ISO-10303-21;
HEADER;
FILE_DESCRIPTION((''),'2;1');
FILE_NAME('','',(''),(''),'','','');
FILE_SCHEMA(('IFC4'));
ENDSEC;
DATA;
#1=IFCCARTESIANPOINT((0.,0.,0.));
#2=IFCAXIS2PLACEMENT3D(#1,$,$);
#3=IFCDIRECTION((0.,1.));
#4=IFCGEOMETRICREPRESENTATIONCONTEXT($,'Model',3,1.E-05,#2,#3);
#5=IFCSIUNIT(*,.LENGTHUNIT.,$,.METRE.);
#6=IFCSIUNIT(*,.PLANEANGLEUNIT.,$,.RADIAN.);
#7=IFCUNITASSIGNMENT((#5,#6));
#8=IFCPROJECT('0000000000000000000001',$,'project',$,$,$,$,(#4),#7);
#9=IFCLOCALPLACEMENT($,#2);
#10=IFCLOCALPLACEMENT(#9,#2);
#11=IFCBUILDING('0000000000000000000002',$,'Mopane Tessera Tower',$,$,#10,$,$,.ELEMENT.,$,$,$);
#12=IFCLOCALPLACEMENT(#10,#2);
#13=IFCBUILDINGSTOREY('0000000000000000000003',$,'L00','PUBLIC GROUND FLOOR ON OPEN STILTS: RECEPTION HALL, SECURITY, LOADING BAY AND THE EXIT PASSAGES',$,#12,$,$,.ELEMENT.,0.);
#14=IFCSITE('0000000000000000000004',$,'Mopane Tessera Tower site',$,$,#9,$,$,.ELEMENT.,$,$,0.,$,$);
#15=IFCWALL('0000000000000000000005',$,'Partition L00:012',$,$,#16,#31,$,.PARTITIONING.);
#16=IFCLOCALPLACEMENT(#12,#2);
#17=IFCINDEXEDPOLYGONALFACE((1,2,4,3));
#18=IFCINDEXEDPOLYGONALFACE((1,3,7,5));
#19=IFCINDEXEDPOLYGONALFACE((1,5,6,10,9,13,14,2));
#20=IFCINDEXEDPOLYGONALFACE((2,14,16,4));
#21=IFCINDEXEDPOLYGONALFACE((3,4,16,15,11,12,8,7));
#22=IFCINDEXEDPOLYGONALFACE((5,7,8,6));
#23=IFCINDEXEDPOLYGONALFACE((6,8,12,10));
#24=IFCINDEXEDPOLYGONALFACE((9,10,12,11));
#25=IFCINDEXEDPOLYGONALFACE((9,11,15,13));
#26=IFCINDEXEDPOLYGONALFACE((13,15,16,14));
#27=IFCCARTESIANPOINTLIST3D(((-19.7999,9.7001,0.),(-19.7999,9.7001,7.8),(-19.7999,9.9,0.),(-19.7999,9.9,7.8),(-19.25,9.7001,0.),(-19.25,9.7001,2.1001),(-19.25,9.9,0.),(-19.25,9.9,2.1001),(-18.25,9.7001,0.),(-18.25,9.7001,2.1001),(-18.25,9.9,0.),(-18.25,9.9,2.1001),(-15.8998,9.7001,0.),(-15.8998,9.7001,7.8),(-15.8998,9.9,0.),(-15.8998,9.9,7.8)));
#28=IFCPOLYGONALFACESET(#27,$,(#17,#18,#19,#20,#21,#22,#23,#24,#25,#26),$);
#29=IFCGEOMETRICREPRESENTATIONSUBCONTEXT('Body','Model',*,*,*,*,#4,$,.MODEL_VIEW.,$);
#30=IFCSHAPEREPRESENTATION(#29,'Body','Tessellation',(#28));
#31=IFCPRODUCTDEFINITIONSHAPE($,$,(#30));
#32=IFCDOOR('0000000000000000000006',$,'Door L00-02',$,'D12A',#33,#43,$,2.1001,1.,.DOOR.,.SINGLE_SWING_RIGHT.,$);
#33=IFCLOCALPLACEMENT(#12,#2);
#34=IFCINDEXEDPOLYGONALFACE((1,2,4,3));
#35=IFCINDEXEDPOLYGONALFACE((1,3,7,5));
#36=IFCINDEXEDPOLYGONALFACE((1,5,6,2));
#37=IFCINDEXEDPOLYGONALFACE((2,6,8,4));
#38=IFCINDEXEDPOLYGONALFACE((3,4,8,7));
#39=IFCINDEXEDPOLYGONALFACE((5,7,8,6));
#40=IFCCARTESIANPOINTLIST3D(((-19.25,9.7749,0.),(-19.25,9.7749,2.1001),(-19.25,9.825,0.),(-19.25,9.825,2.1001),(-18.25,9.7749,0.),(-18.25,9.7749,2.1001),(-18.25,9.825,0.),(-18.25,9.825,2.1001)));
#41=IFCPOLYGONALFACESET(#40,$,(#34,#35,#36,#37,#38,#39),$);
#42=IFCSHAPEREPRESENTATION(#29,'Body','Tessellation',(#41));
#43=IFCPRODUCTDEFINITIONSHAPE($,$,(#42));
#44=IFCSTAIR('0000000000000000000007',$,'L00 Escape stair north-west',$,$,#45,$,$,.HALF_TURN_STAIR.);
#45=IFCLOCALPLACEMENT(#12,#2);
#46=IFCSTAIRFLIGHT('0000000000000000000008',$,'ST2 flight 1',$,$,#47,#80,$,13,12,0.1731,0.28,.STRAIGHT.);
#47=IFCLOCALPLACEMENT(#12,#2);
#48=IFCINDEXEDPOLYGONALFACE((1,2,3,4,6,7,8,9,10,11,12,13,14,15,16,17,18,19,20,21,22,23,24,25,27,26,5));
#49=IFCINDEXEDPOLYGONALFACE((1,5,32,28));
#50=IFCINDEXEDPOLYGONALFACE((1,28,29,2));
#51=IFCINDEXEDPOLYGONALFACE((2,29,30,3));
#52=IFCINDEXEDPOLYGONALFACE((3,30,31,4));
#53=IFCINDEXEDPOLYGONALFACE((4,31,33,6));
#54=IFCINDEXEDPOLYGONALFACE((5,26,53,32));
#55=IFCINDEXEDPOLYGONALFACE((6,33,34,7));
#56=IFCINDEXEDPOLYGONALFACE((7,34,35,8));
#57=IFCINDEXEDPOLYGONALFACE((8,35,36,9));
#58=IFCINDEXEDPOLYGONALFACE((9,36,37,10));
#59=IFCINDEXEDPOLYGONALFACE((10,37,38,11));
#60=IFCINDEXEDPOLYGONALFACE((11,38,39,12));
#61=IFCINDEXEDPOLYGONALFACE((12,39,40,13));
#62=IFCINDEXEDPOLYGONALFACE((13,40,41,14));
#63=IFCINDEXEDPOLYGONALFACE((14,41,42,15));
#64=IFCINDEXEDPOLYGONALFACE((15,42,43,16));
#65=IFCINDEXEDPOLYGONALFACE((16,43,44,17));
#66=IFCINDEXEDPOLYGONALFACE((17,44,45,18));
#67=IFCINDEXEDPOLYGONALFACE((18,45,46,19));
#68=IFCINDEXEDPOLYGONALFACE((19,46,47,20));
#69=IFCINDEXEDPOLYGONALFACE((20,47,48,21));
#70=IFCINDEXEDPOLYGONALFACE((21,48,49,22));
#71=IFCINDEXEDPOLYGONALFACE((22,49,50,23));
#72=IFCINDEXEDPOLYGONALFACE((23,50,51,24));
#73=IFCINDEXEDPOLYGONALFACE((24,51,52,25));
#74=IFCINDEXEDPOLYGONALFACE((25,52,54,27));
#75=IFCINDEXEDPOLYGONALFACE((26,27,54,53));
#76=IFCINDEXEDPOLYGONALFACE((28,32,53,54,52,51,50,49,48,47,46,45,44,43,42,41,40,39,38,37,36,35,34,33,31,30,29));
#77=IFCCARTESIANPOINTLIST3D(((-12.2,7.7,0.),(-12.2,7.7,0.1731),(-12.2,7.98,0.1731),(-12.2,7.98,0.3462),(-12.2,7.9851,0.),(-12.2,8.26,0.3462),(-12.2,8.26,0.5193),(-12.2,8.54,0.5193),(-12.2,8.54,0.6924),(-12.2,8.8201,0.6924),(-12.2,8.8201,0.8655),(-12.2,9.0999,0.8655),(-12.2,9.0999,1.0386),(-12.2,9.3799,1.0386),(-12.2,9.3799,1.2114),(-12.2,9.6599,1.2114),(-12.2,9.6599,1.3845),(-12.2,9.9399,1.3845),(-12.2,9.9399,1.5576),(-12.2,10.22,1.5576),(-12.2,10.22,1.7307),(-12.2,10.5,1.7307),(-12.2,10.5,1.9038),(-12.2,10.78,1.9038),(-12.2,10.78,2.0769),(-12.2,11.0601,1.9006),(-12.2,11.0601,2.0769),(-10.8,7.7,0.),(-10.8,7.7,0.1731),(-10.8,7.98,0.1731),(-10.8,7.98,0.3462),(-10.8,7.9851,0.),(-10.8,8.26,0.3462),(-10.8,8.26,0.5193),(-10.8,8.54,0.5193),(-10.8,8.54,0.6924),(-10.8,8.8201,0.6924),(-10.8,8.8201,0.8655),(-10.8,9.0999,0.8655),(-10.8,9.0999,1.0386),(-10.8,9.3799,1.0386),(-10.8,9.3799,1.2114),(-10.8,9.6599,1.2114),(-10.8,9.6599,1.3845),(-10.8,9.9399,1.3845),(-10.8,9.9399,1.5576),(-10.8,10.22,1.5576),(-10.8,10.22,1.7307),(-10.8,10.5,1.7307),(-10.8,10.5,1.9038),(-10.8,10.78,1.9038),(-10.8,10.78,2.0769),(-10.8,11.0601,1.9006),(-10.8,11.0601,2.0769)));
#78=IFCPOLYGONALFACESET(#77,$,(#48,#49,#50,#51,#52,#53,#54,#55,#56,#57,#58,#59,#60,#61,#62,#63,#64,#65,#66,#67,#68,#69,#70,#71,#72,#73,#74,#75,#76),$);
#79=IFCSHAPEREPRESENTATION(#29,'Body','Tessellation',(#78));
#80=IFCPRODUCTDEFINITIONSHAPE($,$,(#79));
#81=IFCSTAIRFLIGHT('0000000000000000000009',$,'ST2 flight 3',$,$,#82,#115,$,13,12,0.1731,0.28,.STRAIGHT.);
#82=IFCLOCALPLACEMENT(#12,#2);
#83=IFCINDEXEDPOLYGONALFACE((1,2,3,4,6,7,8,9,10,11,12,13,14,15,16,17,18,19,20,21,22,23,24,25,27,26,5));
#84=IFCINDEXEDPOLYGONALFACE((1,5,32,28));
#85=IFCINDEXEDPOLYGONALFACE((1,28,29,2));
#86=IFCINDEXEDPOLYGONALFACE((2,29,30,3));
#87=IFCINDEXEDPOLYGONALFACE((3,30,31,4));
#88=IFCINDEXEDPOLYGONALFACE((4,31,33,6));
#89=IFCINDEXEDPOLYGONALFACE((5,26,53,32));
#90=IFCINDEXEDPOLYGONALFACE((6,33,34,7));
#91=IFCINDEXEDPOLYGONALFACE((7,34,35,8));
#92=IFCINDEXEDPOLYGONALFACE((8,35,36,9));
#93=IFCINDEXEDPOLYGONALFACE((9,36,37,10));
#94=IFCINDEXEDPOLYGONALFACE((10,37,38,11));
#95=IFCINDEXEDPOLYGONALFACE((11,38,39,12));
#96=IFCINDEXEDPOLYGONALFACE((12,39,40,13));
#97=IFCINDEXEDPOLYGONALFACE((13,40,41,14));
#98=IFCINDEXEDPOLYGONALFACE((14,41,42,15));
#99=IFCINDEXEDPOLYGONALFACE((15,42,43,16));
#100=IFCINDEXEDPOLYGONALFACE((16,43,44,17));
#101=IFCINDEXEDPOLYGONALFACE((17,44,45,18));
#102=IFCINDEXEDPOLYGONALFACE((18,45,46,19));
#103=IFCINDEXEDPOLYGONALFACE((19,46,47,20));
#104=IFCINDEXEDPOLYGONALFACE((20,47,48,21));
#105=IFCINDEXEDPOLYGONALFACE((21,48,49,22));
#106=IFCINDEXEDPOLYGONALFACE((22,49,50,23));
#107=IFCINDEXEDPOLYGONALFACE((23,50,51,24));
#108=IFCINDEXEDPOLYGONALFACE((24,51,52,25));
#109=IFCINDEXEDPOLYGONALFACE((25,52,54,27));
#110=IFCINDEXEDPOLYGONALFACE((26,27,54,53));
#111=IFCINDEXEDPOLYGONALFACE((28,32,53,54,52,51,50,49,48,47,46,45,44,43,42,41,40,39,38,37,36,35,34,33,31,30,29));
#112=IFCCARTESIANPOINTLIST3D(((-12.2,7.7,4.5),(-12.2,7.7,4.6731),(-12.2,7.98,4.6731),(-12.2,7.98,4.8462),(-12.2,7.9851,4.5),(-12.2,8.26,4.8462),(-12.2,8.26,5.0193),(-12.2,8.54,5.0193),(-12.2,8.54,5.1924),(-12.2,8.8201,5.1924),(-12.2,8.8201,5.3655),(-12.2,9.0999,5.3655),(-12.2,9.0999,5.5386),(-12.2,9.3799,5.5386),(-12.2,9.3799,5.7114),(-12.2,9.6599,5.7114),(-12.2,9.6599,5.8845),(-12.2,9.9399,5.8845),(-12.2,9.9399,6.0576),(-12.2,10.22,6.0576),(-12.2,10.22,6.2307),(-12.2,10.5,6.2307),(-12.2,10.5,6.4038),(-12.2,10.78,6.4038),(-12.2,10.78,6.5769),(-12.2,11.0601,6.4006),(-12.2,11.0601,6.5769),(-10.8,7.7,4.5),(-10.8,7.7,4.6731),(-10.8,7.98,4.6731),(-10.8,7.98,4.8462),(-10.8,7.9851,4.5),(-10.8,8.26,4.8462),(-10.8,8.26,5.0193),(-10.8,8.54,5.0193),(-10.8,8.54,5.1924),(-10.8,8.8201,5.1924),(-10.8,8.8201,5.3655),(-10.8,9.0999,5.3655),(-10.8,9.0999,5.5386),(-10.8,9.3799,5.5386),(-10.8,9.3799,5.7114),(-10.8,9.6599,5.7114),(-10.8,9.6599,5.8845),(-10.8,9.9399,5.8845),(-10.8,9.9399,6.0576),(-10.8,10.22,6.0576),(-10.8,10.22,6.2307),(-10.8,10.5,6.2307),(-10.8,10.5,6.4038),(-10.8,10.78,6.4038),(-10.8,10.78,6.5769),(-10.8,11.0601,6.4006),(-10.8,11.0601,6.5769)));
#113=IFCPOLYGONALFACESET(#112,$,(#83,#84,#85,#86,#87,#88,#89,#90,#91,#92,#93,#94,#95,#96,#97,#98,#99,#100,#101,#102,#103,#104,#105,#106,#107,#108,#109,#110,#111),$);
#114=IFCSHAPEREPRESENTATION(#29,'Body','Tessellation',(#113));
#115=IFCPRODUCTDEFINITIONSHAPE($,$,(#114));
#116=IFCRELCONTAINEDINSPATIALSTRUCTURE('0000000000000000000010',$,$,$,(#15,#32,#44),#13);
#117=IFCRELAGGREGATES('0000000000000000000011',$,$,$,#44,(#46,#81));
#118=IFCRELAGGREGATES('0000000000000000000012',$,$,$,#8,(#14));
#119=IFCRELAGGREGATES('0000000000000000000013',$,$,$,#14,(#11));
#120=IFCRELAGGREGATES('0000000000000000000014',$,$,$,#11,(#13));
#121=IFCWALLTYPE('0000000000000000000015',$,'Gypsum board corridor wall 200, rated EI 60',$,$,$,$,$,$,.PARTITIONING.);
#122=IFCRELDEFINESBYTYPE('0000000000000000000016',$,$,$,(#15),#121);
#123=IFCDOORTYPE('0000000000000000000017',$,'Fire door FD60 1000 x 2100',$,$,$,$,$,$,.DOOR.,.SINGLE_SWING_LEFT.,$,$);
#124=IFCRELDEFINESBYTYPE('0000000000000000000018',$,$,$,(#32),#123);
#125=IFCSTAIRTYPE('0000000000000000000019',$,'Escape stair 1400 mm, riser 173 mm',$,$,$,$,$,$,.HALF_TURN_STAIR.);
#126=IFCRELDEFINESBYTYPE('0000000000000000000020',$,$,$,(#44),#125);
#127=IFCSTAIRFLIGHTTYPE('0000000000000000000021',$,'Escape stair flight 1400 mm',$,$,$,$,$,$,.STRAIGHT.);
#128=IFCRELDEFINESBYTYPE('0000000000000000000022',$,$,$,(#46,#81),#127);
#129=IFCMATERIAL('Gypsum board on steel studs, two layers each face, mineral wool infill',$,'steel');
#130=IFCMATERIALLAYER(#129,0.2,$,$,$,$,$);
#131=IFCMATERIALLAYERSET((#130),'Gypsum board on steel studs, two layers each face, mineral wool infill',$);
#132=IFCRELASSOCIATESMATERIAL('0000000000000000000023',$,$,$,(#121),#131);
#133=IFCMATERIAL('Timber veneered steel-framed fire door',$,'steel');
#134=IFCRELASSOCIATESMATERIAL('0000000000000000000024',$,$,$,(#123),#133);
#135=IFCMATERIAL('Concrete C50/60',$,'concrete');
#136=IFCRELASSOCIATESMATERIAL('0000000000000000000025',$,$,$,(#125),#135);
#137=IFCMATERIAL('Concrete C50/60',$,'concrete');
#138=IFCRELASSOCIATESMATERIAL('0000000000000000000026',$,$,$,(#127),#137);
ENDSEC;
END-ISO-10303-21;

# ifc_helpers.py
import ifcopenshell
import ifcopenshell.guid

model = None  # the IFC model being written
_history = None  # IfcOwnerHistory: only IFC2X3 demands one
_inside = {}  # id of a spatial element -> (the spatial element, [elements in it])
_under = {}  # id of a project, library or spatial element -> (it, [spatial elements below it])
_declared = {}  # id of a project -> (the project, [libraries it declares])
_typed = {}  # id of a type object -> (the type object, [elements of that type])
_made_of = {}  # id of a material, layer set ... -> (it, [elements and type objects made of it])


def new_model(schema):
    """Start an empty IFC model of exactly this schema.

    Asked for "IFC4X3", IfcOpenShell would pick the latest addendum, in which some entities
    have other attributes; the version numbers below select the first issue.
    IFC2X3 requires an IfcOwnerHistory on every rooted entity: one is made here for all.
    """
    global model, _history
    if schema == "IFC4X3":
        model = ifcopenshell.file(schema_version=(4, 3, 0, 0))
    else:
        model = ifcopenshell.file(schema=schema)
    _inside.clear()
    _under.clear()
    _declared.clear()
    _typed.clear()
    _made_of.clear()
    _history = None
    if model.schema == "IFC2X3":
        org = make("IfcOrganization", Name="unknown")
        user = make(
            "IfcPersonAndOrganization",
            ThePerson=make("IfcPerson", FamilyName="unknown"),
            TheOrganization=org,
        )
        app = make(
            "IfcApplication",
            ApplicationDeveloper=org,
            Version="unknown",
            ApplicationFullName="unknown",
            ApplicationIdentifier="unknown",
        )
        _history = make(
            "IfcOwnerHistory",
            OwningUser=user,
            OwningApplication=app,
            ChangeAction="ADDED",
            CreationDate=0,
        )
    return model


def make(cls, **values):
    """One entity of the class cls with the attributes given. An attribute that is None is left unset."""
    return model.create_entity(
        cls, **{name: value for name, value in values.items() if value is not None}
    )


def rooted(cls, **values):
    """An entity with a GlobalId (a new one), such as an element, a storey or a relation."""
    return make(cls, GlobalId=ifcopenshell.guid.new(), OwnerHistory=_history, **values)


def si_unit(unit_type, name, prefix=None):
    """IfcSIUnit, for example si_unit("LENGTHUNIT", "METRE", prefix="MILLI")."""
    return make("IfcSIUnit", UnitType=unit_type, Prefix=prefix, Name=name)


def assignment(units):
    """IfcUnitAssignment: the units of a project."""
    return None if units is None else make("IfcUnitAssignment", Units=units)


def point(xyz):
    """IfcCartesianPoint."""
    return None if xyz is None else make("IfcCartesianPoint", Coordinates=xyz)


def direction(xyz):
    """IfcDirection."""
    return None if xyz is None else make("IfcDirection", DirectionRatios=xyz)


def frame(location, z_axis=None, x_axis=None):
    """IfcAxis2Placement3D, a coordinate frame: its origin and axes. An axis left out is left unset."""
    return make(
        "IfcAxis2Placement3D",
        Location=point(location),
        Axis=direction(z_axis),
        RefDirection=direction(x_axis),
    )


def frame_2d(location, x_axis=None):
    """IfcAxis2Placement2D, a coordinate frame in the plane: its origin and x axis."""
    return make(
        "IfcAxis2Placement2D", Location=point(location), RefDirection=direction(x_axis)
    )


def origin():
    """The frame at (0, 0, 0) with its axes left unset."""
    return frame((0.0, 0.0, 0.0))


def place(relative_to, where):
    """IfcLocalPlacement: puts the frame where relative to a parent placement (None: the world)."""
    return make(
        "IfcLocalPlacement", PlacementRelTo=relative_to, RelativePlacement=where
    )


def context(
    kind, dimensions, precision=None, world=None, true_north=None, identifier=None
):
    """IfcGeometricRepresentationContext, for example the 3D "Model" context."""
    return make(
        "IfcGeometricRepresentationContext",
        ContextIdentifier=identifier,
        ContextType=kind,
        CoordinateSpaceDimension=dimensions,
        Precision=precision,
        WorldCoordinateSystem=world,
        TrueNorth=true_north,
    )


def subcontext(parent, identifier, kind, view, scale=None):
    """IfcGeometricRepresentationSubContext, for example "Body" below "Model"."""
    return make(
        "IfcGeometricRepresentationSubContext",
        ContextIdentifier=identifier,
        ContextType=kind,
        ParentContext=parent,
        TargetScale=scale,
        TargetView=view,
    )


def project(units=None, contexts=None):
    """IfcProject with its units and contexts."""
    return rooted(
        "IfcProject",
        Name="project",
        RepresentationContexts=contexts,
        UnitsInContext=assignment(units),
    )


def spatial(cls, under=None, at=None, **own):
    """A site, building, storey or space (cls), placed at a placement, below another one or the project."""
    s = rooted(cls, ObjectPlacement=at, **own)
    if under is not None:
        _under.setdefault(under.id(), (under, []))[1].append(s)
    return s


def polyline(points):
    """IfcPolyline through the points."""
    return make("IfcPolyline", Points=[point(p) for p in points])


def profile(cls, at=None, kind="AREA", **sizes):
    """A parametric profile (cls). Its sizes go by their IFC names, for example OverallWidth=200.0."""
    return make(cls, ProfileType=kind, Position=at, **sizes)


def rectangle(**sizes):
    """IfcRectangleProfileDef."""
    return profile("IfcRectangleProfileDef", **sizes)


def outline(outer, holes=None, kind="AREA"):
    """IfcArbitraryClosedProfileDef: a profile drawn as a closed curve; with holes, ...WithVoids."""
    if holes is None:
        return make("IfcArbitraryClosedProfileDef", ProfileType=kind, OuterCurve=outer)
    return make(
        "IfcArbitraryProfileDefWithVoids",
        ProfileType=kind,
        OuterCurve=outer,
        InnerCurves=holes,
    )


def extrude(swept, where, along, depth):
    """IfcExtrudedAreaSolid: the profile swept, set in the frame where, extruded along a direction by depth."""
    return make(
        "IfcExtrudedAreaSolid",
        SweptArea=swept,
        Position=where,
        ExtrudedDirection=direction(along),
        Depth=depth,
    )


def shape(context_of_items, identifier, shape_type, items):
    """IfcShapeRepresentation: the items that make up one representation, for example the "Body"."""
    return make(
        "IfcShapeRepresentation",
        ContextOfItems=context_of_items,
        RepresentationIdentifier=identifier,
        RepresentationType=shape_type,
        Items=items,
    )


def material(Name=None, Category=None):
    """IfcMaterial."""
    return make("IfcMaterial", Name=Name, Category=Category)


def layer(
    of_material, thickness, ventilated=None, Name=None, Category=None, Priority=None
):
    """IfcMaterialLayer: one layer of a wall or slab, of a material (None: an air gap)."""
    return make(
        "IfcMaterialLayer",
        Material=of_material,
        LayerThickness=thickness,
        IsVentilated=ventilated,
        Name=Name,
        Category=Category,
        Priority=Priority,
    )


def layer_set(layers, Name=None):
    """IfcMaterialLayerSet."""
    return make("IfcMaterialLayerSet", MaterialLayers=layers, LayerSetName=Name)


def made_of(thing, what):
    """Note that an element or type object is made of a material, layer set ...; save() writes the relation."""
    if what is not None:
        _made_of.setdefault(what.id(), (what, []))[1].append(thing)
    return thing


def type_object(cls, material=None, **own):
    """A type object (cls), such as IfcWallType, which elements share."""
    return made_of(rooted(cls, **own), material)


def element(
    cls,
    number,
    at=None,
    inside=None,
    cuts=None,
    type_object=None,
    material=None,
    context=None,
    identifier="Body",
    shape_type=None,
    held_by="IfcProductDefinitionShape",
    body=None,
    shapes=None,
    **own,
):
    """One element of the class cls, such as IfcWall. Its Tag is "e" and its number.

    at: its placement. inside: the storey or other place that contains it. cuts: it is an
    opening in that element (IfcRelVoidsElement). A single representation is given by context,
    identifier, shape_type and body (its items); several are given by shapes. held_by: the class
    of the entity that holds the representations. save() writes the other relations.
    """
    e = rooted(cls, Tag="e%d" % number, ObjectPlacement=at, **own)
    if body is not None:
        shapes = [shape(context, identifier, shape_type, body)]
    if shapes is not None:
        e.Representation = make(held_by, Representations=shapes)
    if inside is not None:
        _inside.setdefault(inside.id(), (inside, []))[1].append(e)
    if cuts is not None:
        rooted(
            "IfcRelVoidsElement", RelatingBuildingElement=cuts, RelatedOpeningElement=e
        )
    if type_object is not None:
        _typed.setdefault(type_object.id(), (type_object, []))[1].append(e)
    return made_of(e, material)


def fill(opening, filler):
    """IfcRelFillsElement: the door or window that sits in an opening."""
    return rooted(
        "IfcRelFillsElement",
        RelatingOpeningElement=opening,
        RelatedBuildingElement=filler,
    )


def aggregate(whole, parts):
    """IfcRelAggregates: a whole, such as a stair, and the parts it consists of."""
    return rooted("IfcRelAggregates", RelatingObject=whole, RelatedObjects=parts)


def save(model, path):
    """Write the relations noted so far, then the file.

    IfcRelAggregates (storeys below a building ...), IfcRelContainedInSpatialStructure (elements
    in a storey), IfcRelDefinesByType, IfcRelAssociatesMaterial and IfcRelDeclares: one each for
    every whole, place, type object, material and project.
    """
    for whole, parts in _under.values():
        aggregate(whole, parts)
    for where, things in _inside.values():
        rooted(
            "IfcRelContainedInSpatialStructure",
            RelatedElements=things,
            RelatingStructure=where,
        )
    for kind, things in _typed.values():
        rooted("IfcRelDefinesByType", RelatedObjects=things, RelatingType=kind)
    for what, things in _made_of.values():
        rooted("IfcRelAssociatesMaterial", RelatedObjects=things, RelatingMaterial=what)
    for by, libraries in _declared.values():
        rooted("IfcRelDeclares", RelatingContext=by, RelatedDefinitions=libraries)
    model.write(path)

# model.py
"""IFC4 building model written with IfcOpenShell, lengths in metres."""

from ifc_helpers import new_model, si_unit, direction, frame, frame_2d, origin, place, context, subcontext, project, spatial, polyline, rectangle, outline, extrude, material, layer, layer_set, type_object, element, fill, aggregate, save


model = new_model("IFC4")

# Units and contexts
model_context = context("Model", 3, precision=1e-05, world=origin(), true_north=direction((0.0, 1.0)))
body_context = subcontext(model_context, "Body", "Model", "MODEL_VIEW")
ifc_project = project(units=[si_unit("LENGTHUNIT", "METRE"), si_unit("PLANEANGLEUNIT", "RADIAN")], contexts=[model_context])

# Site, building, storey
site_placement = place(None, origin())
site = spatial("IfcSite", under=ifc_project, at=site_placement, Name="Mopane Tessera Tower site", CompositionType="ELEMENT", RefElevation=0.0)
building_placement = place(site_placement, origin())
building = spatial("IfcBuilding", under=site, at=building_placement, Name="Mopane Tessera Tower", CompositionType="ELEMENT")
storey_placement = place(building_placement, origin())
storey = spatial("IfcBuildingStorey", under=building, at=storey_placement, Name="L00", Description="PUBLIC GROUND FLOOR ON OPEN STILTS: RECEPTION HALL, SECURITY, LOADING BAY AND THE EXIT PASSAGES", CompositionType="ELEMENT", Elevation=0.0)

# Wall, opening, door
ifc_material_1 = material(Name="Gypsum board on steel studs, two layers each face, mineral wool infill", Category="steel")
ifc_layer = layer(ifc_material_1, 0.2)
ifc_layer_set = layer_set([ifc_layer], Name="Gypsum board on steel studs, two layers each face, mineral wool infill")
wall_type = type_object("IfcWallType", Name="Gypsum board corridor wall 200, rated EI 60", PredefinedType="PARTITIONING", material=ifc_layer_set)
wall_placement = place(storey_placement, frame((-19.8, 9.8, 0.0), z_axis=(0.0, 0.0, 1.0), x_axis=(1.0, 0.0, 0.0)))
wall = element("IfcWall", 1, at=wall_placement, inside=storey, type_object=wall_type, Name="Partition L00:012", PredefinedType="PARTITIONING", context=body_context, shape_type="SweptSolid", body=[
    extrude(rectangle(XDim=3.9001, YDim=0.2, at=frame_2d((1.9502, 0.0))), origin(), (0.0, 0.0, 1.0), 7.8),
])
opening_placement = place(wall_placement, frame((0.55, 0.0, 0.0)))
opening = element("IfcOpeningElement", 2, at=opening_placement, cuts=wall, PredefinedType="OPENING", context=body_context, shape_type="SweptSolid", body=[
    extrude(rectangle(XDim=1.0, YDim=2.1001, at=frame_2d((0.5, 1.05))), frame((0.0, 0.1121, 0.0), z_axis=(0.0, -1.0, 0.0), x_axis=(1.0, 0.0, 0.0)), (0.0, 0.0, 1.0), 0.2239),
])
ifc_material_2 = material(Name="Timber veneered steel-framed fire door", Category="steel")
door_type = type_object("IfcDoorType", Name="Fire door FD60 1000 x 2100", OperationType="SINGLE_SWING_LEFT", PredefinedType="DOOR", material=ifc_material_2)
door_placement = place(opening_placement, origin())
door = element("IfcDoor", 3, at=door_placement, inside=storey, type_object=door_type, Name="Door L00-02", ObjectType="D12A", OperationType="SINGLE_SWING_RIGHT", OverallHeight=2.1001, OverallWidth=1.0, PredefinedType="DOOR", context=body_context, shape_type="SweptSolid", body=[
    extrude(rectangle(XDim=1.0, YDim=2.1001, at=frame_2d((0.5, 1.05))), frame((0.0, 0.0249, 0.0), z_axis=(0.0, -1.0, 0.0), x_axis=(1.0, 0.0, 0.0)), (0.0, 0.0, 1.0), 0.05),
])
fill(opening, door)

# Stair, stair flights
ifc_material_3 = material(Name="Concrete C50/60", Category="concrete")
stair_type = type_object("IfcStairType", Name="Escape stair 1400 mm, riser 173 mm", PredefinedType="HALF_TURN_STAIR", material=ifc_material_3)
stair_placement = place(storey_placement, origin())
stair = element("IfcStair", 4, at=stair_placement, inside=storey, type_object=stair_type, Name="L00 Escape stair north-west", PredefinedType="HALF_TURN_STAIR")
ifc_material_4 = material(Name="Concrete C50/60", Category="concrete")
stair_flight_type = type_object("IfcStairFlightType", Name="Escape stair flight 1400 mm", PredefinedType="STRAIGHT", material=ifc_material_4)
stair_flight_1_placement = place(storey_placement, frame((-11.5, 7.7, 0.0), z_axis=(0.0, 0.0, 1.0), x_axis=(0.0, 1.0, 0.0)))
stair_flight_1 = element("IfcStairFlight", 5, at=stair_flight_1_placement, type_object=stair_flight_type, Name="ST2 flight 1", NumberOfRisers=13, NumberOfTreads=12, PredefinedType="STRAIGHT", RiserHeight=0.1731, TreadLength=0.28, context=body_context, shape_type="SweptSolid", body=[
    extrude(outline(polyline([(0.0, 0.0), (0.0, 0.1731), (0.28, 0.1731), (0.28, 0.3462), (0.5601, 0.3462), (0.5601, 0.5193), (0.8401, 0.5193), (0.8401, 0.6924), (1.1201, 0.6924), (1.1201, 0.8655), (1.3999, 0.8655), (1.3999, 1.0386), (1.6799, 1.0386), (1.6799, 1.2114), (1.96, 1.2114), (1.96, 1.3845), (2.24, 1.3845), (2.24, 1.5576), (2.52, 1.5576), (2.52, 1.7307), (2.8, 1.7307), (2.8, 1.9038), (3.0801, 1.9038), (3.0801, 2.0769), (3.3601, 2.0769), (3.3601, 2.25), (3.3601, 1.9006), (0.2852, 0.0), (0.0, 0.0)])), frame((0.0, 0.7, 0.0), z_axis=(0.0, -1.0, 0.0), x_axis=(1.0, 0.0, 0.0)), (0.0, 0.0, 1.0), 1.3999),
])
stair_flight_2_placement = place(storey_placement, frame((-11.5, 7.7, 4.5), z_axis=(0.0, 0.0, 1.0), x_axis=(0.0, 1.0, 0.0)))
stair_flight_2 = element("IfcStairFlight", 6, at=stair_flight_2_placement, type_object=stair_flight_type, Name="ST2 flight 3", NumberOfRisers=13, NumberOfTreads=12, PredefinedType="STRAIGHT", RiserHeight=0.1731, TreadLength=0.28, context=body_context, shape_type="SweptSolid", body=[
    extrude(outline(polyline([(0.0, 0.0), (0.0, 0.1731), (0.28, 0.1731), (0.28, 0.3462), (0.5601, 0.3462), (0.5601, 0.5193), (0.8401, 0.5193), (0.8401, 0.6924), (1.1201, 0.6924), (1.1201, 0.8655), (1.3999, 0.8655), (1.3999, 1.0386), (1.6799, 1.0386), (1.6799, 1.2114), (1.96, 1.2114), (1.96, 1.3845), (2.24, 1.3845), (2.24, 1.5576), (2.52, 1.5576), (2.52, 1.7307), (2.8, 1.7307), (2.8, 1.9038), (3.0801, 1.9038), (3.0801, 2.0769), (3.3601, 2.0769), (3.3601, 2.25), (3.3601, 1.9006), (0.2852, 0.0), (0.0, 0.0)])), frame((0.0, 0.7, 0.0), z_axis=(0.0, -1.0, 0.0), x_axis=(1.0, 0.0, 0.0)), (0.0, 0.0, 1.0), 1.3999),
])
aggregate(stair, [stair_flight_1, stair_flight_2])

save(model, "model.ifc")
